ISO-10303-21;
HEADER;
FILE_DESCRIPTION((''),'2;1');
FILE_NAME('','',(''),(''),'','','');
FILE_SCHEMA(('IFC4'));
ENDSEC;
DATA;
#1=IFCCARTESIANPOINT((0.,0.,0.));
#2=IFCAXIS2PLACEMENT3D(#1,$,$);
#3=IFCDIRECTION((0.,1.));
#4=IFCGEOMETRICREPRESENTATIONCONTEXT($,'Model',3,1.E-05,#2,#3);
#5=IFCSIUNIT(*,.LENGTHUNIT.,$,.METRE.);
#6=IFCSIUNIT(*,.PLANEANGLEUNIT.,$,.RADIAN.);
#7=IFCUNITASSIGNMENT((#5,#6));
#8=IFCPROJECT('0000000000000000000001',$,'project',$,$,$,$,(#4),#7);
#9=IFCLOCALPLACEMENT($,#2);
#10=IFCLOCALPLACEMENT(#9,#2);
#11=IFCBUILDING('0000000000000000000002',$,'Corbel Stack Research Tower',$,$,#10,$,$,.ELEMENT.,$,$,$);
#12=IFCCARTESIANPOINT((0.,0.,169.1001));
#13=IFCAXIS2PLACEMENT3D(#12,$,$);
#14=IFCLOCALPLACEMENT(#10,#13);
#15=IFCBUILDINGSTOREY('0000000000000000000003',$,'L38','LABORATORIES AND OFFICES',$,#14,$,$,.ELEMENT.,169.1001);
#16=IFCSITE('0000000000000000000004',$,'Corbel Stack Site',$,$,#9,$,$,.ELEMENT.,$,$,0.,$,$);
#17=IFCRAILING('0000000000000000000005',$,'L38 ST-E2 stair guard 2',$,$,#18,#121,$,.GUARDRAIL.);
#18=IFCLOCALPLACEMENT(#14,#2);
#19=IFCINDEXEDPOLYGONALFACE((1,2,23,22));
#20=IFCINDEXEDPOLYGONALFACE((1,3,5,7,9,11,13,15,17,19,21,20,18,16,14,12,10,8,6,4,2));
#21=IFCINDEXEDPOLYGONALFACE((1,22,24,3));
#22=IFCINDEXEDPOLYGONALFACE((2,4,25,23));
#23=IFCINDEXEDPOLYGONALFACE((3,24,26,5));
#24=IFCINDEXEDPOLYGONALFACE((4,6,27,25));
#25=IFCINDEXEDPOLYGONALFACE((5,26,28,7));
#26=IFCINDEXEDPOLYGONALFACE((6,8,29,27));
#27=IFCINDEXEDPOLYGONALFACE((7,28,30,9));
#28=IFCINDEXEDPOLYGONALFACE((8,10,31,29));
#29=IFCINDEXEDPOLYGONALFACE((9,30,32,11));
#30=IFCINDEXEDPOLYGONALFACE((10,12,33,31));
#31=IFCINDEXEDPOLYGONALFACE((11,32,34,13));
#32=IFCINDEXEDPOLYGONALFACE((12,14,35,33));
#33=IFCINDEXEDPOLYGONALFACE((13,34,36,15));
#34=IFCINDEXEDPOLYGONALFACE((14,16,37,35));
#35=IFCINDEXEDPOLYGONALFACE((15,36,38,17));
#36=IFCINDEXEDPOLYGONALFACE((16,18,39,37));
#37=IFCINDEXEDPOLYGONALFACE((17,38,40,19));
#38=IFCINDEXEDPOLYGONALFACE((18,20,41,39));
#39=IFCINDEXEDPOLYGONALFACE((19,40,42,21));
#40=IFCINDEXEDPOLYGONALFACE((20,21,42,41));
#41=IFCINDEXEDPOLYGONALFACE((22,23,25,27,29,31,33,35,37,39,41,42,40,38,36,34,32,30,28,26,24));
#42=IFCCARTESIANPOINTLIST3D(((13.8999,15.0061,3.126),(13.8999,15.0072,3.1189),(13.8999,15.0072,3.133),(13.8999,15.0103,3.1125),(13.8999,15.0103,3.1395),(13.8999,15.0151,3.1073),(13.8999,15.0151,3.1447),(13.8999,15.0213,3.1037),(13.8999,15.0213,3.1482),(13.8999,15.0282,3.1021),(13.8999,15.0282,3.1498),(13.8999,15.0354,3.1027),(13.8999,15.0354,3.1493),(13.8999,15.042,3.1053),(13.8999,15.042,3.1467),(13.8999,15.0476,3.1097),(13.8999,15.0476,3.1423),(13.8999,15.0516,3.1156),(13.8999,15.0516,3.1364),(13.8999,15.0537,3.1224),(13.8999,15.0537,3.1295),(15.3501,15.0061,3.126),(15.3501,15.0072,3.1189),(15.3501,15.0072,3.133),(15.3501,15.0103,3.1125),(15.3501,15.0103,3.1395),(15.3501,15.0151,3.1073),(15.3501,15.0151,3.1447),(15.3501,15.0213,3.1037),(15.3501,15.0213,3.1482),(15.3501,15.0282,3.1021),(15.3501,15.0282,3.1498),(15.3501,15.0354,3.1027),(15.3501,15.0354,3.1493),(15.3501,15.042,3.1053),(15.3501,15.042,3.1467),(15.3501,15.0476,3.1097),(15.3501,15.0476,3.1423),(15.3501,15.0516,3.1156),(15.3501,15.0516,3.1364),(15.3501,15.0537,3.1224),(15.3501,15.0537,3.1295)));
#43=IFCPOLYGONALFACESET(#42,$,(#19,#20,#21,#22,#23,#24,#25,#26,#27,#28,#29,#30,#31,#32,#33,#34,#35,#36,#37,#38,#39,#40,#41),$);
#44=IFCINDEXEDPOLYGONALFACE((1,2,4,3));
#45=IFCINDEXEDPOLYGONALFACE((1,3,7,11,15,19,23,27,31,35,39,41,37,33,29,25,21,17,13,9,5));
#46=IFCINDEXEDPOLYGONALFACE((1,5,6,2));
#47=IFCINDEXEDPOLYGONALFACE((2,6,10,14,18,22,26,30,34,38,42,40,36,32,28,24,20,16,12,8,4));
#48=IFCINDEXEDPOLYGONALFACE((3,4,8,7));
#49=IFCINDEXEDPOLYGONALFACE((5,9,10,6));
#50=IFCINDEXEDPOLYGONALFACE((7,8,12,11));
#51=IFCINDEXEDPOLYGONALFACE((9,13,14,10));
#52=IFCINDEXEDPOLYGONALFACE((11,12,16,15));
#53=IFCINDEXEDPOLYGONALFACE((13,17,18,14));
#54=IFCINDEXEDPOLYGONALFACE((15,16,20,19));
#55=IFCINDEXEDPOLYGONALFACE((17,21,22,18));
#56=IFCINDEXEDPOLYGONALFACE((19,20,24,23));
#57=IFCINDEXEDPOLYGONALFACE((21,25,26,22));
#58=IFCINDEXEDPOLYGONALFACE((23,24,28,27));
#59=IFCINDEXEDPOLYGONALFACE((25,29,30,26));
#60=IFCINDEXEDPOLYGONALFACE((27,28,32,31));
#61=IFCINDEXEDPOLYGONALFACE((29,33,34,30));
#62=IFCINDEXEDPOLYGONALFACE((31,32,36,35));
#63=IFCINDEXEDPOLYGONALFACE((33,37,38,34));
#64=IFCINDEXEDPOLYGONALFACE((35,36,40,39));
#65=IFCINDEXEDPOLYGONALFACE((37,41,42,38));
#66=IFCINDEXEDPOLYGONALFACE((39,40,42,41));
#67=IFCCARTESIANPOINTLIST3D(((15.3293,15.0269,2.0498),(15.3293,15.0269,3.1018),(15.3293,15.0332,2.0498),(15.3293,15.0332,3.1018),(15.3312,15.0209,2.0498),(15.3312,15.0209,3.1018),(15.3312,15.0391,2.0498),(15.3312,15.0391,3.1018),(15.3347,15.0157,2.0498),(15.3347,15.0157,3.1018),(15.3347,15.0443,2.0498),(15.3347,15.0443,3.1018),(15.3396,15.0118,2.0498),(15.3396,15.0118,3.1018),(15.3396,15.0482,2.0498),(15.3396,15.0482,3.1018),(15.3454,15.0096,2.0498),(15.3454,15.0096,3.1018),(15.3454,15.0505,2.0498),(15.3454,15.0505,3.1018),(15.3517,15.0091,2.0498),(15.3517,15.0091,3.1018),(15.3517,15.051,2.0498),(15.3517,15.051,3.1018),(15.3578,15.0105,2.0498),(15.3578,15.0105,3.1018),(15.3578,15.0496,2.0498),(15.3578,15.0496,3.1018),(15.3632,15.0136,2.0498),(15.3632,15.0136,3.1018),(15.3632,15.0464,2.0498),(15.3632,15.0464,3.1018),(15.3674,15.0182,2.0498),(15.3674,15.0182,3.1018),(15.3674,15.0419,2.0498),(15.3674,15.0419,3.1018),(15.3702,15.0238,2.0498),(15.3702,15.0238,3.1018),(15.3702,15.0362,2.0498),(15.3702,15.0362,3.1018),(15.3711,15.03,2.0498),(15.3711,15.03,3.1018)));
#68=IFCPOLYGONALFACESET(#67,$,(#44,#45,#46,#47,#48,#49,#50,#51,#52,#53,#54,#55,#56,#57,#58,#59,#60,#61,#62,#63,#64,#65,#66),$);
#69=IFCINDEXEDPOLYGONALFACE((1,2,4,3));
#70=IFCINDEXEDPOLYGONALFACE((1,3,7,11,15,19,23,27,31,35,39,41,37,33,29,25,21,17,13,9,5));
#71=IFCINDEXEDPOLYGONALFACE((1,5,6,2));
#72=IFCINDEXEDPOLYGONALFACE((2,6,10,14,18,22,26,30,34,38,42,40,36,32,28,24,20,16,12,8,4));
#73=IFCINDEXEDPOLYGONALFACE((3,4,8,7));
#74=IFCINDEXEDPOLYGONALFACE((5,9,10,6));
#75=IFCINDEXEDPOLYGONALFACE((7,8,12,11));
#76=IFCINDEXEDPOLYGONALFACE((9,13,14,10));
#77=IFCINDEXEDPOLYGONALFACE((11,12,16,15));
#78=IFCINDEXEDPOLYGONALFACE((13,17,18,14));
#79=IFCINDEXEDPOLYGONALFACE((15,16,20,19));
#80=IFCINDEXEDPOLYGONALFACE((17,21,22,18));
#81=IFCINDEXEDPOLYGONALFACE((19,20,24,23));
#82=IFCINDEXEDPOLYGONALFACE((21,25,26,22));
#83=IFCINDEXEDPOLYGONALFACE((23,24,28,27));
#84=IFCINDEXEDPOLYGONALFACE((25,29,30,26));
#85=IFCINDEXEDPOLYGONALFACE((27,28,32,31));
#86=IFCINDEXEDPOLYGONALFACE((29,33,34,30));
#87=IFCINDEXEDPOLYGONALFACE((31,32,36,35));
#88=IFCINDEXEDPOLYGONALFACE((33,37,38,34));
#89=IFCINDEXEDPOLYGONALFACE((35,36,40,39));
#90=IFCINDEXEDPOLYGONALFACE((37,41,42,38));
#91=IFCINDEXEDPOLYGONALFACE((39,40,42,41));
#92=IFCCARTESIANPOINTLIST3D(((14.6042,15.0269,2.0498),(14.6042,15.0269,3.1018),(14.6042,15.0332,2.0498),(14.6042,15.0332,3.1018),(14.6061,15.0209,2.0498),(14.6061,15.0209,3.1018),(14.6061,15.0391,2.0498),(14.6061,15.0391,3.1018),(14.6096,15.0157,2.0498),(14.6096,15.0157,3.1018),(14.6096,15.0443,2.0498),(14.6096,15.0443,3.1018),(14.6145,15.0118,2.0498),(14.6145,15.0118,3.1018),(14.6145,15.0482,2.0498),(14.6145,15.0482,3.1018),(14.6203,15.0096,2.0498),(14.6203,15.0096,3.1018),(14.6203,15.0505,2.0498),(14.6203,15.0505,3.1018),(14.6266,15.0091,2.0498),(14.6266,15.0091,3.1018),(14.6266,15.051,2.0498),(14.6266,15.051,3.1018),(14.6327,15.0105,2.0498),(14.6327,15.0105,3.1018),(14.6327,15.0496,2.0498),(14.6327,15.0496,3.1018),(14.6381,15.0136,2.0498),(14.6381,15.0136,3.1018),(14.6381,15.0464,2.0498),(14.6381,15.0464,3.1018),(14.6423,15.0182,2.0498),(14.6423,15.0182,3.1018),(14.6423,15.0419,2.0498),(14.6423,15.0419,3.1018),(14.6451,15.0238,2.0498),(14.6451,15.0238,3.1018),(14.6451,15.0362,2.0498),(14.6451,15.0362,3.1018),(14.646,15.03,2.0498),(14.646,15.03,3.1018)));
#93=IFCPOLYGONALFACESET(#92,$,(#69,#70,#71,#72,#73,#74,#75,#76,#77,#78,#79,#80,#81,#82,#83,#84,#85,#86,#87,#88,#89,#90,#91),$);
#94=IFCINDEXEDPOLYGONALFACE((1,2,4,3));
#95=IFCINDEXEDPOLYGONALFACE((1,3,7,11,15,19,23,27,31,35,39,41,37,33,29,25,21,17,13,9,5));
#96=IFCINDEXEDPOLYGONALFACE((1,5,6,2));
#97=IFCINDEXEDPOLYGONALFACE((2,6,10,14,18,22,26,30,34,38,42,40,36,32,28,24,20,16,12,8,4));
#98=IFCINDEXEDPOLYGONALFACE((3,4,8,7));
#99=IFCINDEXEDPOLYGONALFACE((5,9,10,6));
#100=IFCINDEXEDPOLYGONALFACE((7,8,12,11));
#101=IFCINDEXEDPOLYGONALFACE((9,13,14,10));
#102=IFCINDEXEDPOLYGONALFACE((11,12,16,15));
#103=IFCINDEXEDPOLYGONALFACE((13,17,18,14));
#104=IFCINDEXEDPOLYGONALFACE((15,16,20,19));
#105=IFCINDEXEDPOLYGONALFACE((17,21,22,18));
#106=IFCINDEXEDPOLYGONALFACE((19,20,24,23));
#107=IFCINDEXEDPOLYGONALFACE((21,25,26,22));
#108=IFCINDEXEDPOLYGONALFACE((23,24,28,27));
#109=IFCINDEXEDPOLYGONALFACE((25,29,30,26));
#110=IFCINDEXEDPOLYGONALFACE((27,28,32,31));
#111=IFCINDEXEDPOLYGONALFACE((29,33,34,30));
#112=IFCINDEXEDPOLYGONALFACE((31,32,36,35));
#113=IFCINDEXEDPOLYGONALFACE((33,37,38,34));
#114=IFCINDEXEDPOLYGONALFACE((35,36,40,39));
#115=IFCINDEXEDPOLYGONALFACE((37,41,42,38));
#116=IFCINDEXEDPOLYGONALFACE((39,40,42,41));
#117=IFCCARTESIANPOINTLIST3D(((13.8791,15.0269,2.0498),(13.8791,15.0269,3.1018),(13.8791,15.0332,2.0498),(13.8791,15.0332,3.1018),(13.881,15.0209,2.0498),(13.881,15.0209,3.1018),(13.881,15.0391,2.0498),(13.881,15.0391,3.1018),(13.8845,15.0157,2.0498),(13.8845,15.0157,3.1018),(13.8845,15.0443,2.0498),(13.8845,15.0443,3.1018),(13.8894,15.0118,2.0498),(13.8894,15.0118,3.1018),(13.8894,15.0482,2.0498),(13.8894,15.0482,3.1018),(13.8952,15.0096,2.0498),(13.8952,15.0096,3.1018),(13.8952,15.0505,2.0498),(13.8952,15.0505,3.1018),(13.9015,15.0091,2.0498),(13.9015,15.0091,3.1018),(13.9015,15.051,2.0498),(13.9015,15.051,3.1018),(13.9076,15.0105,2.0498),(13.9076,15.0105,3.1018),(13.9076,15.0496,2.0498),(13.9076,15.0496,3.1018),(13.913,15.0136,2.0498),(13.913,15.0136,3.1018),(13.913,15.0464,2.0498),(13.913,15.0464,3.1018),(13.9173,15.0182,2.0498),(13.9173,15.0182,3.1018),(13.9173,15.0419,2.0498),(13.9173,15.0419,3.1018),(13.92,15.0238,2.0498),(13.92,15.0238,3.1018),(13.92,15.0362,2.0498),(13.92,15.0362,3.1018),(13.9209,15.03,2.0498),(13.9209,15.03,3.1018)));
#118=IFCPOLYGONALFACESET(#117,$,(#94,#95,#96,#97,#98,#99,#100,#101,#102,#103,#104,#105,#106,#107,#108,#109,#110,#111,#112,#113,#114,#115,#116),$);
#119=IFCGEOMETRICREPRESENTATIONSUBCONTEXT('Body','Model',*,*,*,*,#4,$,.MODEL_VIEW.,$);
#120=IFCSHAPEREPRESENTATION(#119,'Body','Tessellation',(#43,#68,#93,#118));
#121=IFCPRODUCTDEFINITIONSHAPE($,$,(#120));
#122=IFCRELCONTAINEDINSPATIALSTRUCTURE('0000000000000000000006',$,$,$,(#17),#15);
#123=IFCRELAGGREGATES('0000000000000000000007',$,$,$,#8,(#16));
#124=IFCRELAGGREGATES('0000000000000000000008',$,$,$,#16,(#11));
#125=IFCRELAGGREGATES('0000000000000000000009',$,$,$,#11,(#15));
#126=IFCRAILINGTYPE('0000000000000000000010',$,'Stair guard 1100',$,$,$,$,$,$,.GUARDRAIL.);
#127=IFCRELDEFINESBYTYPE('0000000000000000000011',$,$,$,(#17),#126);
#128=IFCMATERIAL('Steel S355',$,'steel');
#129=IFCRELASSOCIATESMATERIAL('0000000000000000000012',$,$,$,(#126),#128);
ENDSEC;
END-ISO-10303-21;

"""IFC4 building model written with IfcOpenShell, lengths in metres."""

from ifc_helpers import new_model, si_unit, direction, frame, origin, origin_2d, place, context, subcontext, project, spatial, circle, extrude, material, type_object, element, save


model = new_model("IFC4")

# Units and contexts
model_context = context("Model", 3, precision=1e-05, world=origin(), true_north=direction((0.0, 1.0)))
body_context = subcontext(model_context, "Body", "Model", "MODEL_VIEW")
ifc_project = project(units=[si_unit("LENGTHUNIT", "METRE"), si_unit("PLANEANGLEUNIT", "RADIAN")], contexts=[model_context])

# Site, building, storey
site_placement = place(None, origin())
site = spatial("IfcSite", under=ifc_project, at=site_placement, Name="Corbel Stack Site", CompositionType="ELEMENT", RefElevation=0.0)
building_placement = place(site_placement, origin())
building = spatial("IfcBuilding", under=site, at=building_placement, Name="Corbel Stack Research Tower", CompositionType="ELEMENT")
storey_placement = place(building_placement, frame((0.0, 0.0, 169.1001)))
storey = spatial("IfcBuildingStorey", under=building, at=storey_placement, Name="L38", Description="LABORATORIES AND OFFICES", CompositionType="ELEMENT", Elevation=169.1001)

# Railing
ifc_material_1 = material(Name="Steel S355", Category="steel")
railing_type_1 = type_object("IfcRailingType", Name="Stair guard 1100", PredefinedType="GUARDRAIL", material=ifc_material_1)
railing_1_placement = place(storey_placement, frame((15.3501, 15.03, 2.0498)))
element("IfcRailing", 1, at=railing_1_placement, inside=storey, type_object=railing_type_1, Name="L38 ST-E2 stair guard 2", PredefinedType="GUARDRAIL", context=body_context, shape_type="SweptSolid", body=[
    extrude(circle(Radius=0.0239, at=origin_2d()), frame((0.0, 0.0, 1.0762), z_axis=(-1.0, 0.0, 0.0), x_axis=(0.0, -1.0, 0.0)), (0.0, 0.0, 1.0), 1.4502),
    extrude(circle(Radius=0.021, at=origin_2d()), origin(), (0.0, 0.0, 1.0), 1.052),
    extrude(circle(Radius=0.021, at=origin_2d()), frame((-0.7251, 0.0, 0.0)), (0.0, 0.0, 1.0), 1.052),
    extrude(circle(Radius=0.021, at=origin_2d()), frame((-1.4502, 0.0, 0.0)), (0.0, 0.0, 1.0), 1.052),
])

save(model, "model.ifc")
